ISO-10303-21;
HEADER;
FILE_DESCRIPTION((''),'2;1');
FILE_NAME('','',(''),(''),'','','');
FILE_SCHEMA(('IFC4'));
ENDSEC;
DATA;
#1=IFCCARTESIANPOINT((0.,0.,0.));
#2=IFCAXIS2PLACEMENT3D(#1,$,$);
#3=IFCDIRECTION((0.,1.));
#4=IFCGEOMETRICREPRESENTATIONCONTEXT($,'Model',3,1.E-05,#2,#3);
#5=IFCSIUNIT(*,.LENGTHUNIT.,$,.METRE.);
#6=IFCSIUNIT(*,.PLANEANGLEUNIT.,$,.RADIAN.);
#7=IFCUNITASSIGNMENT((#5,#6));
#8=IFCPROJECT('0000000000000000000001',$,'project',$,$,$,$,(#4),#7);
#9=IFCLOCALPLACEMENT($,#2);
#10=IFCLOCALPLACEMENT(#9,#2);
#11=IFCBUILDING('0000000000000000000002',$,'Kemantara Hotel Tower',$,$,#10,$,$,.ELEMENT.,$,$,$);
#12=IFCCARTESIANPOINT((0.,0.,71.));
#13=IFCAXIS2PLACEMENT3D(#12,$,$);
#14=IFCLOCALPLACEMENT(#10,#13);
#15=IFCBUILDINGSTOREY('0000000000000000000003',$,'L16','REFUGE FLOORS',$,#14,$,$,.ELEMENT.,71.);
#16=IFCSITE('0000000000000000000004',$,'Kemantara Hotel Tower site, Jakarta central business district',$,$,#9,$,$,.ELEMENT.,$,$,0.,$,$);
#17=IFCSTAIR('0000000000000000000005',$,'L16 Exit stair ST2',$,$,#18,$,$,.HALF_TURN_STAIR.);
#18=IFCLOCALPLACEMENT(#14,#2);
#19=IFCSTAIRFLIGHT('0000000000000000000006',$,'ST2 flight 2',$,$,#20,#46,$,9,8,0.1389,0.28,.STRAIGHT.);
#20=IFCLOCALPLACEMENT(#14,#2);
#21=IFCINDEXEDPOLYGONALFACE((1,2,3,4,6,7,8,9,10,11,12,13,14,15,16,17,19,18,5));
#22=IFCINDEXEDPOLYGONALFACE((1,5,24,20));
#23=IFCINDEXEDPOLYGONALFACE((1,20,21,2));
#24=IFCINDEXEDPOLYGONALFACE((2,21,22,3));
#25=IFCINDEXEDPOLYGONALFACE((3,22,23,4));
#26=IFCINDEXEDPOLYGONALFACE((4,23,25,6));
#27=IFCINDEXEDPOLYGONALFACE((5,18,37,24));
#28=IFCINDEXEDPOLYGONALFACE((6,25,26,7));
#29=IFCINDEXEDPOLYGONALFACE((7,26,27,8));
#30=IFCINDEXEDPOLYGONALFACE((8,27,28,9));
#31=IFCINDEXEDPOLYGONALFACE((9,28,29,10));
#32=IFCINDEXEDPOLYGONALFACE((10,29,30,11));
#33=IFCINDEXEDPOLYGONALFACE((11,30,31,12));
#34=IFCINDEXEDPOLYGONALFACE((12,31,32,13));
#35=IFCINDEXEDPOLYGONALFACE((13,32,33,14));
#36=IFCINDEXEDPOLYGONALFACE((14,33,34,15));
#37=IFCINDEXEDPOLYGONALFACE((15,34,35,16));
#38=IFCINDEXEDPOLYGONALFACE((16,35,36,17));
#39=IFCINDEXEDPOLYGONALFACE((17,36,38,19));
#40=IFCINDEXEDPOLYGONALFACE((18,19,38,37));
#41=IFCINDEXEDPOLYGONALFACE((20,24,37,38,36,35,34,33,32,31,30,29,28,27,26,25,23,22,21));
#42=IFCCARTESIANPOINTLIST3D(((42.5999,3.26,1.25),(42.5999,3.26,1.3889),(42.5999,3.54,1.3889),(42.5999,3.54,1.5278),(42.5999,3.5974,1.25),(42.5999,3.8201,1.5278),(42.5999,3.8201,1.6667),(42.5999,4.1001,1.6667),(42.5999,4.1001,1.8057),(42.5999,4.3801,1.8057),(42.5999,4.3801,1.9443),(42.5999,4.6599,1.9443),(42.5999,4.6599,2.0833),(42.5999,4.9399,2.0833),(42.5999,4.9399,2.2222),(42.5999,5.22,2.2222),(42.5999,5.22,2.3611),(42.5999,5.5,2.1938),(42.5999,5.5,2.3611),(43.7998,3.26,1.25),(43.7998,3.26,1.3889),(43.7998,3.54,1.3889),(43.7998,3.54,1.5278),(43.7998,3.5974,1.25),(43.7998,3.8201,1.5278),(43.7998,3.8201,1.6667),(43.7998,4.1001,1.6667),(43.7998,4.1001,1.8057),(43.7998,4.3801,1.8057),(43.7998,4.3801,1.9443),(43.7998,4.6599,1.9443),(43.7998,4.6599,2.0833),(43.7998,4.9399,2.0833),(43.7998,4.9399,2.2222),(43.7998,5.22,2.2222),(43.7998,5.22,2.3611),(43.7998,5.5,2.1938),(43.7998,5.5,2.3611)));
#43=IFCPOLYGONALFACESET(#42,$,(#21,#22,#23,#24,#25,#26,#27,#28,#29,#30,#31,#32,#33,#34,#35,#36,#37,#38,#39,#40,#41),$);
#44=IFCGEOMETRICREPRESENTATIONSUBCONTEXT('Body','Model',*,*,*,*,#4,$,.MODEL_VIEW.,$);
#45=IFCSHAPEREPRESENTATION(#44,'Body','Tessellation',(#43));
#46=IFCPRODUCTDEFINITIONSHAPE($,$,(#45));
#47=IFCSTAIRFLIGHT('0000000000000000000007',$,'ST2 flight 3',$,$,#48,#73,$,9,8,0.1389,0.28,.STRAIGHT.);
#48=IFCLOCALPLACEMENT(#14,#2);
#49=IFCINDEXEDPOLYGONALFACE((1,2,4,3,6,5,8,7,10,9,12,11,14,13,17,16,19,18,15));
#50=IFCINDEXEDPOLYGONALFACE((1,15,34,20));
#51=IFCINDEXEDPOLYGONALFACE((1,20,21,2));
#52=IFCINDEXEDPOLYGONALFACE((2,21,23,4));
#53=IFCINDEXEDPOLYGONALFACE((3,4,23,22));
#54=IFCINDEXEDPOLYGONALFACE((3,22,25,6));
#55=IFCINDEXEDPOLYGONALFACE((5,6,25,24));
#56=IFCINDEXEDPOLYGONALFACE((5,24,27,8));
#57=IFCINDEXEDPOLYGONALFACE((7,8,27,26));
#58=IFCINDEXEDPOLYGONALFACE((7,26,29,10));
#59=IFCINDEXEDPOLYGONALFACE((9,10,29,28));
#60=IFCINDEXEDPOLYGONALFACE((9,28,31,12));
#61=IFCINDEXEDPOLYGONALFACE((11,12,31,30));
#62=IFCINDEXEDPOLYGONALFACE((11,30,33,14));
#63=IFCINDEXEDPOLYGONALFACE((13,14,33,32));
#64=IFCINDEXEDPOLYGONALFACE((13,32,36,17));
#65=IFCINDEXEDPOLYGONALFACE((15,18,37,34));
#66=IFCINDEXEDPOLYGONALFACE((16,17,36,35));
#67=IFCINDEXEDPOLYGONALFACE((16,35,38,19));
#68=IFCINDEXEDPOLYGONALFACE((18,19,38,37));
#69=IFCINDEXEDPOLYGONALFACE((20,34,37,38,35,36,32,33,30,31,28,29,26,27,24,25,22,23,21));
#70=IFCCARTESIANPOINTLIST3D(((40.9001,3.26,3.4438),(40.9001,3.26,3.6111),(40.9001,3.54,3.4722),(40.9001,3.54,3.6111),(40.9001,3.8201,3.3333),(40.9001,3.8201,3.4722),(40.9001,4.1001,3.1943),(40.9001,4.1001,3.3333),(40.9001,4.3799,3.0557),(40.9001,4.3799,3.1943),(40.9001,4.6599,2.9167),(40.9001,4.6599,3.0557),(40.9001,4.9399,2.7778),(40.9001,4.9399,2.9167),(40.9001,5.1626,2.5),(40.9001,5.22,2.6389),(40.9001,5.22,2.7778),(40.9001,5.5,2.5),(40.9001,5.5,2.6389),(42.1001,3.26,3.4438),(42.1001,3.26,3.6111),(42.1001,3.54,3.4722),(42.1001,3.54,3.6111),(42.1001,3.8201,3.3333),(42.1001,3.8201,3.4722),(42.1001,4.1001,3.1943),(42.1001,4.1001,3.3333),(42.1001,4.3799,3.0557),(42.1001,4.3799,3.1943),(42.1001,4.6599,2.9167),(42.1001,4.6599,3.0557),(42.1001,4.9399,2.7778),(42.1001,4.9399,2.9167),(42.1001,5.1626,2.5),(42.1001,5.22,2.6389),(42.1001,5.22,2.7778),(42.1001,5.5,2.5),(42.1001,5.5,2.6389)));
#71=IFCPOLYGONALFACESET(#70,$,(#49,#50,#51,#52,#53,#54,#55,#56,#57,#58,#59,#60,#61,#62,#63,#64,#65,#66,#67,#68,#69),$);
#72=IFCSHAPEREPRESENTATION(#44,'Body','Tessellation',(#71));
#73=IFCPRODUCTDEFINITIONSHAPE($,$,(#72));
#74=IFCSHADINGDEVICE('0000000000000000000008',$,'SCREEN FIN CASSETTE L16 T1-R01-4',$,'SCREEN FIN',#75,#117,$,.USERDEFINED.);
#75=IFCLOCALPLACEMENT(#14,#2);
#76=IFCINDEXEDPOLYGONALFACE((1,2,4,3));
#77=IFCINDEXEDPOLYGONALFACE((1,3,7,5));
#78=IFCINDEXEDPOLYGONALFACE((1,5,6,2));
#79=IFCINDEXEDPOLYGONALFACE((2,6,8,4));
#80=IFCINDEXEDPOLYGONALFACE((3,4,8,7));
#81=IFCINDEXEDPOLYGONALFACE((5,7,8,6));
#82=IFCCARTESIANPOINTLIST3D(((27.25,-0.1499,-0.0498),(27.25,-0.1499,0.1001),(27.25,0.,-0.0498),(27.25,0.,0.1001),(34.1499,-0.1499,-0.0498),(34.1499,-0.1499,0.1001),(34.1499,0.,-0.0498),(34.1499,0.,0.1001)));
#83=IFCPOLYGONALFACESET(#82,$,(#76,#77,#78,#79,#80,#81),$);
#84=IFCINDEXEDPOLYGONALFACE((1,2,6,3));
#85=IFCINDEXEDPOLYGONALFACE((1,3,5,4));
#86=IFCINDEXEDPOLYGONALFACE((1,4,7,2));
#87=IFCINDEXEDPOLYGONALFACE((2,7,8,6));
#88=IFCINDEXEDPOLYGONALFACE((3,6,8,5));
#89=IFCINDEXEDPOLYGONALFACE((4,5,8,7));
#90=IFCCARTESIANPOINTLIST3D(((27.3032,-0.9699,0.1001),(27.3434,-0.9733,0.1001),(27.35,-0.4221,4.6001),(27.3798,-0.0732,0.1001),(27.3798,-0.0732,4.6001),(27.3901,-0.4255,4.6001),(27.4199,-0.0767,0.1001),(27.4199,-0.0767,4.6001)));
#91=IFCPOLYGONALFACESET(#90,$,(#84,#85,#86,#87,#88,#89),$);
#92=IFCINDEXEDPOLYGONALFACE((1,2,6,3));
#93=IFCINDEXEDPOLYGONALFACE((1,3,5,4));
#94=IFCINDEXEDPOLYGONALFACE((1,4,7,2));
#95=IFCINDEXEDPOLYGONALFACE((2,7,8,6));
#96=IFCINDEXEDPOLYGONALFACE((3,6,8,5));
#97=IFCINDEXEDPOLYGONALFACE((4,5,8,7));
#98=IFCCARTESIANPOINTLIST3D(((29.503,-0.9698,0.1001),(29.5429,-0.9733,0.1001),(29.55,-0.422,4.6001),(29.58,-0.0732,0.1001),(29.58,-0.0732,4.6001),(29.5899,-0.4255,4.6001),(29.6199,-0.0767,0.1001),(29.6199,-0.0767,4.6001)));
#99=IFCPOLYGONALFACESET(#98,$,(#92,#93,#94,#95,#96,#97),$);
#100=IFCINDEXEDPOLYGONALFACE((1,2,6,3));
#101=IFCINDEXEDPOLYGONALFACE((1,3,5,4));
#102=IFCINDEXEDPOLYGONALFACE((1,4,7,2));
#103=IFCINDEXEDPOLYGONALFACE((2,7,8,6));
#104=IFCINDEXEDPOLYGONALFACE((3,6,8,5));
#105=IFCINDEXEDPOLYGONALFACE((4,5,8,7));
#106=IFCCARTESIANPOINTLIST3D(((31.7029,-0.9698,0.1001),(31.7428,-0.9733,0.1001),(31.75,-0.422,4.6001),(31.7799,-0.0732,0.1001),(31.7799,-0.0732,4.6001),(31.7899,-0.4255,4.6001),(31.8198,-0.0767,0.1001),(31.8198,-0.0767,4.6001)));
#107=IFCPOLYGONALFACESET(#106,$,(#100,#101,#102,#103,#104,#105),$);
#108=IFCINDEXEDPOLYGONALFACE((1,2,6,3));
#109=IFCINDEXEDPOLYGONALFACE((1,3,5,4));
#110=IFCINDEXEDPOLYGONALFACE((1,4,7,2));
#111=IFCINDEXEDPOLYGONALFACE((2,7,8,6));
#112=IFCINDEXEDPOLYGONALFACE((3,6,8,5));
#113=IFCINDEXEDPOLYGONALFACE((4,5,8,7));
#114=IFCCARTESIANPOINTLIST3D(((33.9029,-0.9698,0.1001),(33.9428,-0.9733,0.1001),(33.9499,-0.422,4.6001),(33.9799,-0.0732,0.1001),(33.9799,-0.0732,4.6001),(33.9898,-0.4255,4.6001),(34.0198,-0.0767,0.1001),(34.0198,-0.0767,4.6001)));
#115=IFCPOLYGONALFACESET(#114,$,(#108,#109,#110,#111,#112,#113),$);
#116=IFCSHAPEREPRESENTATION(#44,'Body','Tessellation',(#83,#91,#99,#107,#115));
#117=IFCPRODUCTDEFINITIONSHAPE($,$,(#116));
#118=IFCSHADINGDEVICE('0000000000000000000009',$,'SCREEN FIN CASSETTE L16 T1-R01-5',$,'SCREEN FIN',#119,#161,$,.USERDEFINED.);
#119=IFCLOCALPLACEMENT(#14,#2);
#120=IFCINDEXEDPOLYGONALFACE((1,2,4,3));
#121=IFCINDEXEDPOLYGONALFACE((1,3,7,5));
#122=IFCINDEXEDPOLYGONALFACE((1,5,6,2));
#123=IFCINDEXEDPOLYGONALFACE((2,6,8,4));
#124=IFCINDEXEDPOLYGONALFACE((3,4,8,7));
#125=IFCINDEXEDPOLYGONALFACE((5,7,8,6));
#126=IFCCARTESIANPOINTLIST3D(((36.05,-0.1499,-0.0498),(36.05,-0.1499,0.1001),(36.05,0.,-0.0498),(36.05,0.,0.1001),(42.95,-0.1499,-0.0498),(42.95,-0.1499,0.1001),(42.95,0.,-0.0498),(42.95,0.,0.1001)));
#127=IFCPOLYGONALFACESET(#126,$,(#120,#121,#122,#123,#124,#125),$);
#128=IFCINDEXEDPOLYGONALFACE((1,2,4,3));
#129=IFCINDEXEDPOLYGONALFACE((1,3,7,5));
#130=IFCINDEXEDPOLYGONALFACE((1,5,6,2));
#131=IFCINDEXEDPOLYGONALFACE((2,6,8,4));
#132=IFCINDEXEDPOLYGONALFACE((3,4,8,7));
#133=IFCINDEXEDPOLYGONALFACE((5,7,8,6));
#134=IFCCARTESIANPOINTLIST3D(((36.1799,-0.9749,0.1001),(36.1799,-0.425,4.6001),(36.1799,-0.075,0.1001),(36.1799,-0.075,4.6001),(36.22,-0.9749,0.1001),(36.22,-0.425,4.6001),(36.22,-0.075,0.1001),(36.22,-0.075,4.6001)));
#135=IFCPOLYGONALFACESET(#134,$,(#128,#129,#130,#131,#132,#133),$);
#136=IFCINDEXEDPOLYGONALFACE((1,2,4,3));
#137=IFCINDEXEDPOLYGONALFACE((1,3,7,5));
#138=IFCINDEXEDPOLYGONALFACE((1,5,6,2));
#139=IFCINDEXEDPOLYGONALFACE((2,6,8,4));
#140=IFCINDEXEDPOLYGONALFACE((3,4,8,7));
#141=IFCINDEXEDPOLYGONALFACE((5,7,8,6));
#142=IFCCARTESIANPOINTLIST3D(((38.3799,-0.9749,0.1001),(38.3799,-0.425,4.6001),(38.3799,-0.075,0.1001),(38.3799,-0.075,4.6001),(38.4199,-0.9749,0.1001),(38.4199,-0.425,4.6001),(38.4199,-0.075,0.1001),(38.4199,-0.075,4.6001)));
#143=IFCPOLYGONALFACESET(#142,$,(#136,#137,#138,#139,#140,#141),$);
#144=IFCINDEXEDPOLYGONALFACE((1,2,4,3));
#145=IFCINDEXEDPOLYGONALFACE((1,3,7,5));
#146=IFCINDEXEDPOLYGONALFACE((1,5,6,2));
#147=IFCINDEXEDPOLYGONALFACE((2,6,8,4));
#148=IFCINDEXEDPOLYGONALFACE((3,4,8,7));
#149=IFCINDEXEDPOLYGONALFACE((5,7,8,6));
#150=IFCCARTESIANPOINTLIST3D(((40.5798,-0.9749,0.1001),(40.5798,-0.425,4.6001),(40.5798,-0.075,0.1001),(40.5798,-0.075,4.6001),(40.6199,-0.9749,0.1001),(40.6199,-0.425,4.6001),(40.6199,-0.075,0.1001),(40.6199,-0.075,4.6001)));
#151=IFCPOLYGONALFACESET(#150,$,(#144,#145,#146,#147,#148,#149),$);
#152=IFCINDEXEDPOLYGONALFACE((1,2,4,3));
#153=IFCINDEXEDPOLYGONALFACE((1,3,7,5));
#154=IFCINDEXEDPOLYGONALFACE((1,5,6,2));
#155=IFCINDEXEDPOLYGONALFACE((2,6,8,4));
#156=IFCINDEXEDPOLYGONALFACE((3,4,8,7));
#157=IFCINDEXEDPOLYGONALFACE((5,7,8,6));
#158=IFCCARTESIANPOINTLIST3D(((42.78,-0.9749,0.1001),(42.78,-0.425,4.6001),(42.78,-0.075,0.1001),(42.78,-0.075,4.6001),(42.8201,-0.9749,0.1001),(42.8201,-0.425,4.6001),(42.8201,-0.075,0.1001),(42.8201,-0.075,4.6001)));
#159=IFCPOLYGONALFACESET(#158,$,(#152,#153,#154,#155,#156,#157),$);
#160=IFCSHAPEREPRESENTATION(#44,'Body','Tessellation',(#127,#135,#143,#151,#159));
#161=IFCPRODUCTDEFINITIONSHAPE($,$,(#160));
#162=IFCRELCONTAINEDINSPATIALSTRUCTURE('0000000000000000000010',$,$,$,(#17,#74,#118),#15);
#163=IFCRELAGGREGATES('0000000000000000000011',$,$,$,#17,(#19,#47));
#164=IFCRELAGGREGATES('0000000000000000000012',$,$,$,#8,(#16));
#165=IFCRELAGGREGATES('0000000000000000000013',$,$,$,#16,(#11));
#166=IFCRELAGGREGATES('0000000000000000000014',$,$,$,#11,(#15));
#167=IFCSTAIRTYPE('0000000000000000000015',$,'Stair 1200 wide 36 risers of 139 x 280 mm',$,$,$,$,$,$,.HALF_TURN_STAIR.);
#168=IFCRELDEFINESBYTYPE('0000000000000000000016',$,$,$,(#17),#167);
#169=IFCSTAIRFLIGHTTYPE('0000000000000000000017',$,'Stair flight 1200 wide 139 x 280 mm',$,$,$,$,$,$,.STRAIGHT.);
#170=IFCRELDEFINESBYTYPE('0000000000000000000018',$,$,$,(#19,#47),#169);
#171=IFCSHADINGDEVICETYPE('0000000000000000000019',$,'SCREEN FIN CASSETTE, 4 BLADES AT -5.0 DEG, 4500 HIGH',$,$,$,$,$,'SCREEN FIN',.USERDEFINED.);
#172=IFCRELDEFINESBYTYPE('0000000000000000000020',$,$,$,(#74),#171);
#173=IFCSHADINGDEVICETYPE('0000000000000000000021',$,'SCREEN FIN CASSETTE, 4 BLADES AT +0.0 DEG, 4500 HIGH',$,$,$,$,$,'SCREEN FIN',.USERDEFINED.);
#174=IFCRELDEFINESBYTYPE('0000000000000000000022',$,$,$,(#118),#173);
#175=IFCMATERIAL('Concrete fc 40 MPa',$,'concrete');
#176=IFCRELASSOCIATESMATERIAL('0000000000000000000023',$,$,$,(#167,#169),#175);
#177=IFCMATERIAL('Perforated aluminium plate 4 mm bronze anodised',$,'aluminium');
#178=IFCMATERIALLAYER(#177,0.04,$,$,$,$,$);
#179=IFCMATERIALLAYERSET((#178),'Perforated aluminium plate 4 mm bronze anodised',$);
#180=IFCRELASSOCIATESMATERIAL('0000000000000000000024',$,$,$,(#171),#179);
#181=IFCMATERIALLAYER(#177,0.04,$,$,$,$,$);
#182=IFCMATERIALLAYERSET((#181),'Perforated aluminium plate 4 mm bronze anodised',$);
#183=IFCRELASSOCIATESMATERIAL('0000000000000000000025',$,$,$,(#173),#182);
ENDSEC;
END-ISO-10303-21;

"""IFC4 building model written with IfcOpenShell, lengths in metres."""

from ifc_helpers import new_model, si_unit, direction, frame, origin, origin_2d, place, context, subcontext, project, spatial, polyline, rectangle, outline, extrude, source, transform, mapped, material, layer, layer_set, type_object, element, aggregate, save


model = new_model("IFC4")

# Units and contexts
model_context = context("Model", 3, precision=1e-05, world=origin(), true_north=direction((0.0, 1.0)))
body_context = subcontext(model_context, "Body", "Model", "MODEL_VIEW")
ifc_project = project(units=[si_unit("LENGTHUNIT", "METRE"), si_unit("PLANEANGLEUNIT", "RADIAN")], contexts=[model_context])

# Site, building, storey
site_placement = place(None, origin())
site = spatial("IfcSite", under=ifc_project, at=site_placement, Name="Kemantara Hotel Tower site, Jakarta central business district", CompositionType="ELEMENT", RefElevation=0.0)
building_placement = place(site_placement, origin())
building = spatial("IfcBuilding", under=site, at=building_placement, Name="Kemantara Hotel Tower", CompositionType="ELEMENT")
storey_placement = place(building_placement, frame((0.0, 0.0, 71.0)))
storey = spatial("IfcBuildingStorey", under=building, at=storey_placement, Name="L16", Description="REFUGE FLOORS", CompositionType="ELEMENT", Elevation=71.0)

# Stair, stair flights
ifc_material_1 = material(Name="Concrete fc 40 MPa", Category="concrete")
stair_type = type_object("IfcStairType", Name="Stair 1200 wide 36 risers of 139 x 280 mm", PredefinedType="HALF_TURN_STAIR", material=ifc_material_1)
stair_placement = place(storey_placement, origin())
stair = element("IfcStair", 1, at=stair_placement, inside=storey, type_object=stair_type, Name="L16 Exit stair ST2", PredefinedType="HALF_TURN_STAIR")
stair_flight_type = type_object("IfcStairFlightType", Name="Stair flight 1200 wide 139 x 280 mm", PredefinedType="STRAIGHT", material=ifc_material_1)
stair_flight_1_placement = place(storey_placement, frame((43.2, 3.26, 1.25), z_axis=(0.0, 0.0, 1.0), x_axis=(0.0, 1.0, 0.0)))
stair_flight_1 = element("IfcStairFlight", 2, at=stair_flight_1_placement, type_object=stair_flight_type, Name="ST2 flight 2", NumberOfRisers=9, NumberOfTreads=8, PredefinedType="STRAIGHT", RiserHeight=0.1389, TreadLength=0.28, context=body_context, shape_type="SweptSolid", body=[
    extrude(outline(polyline([(0.0, 0.0), (0.0, 0.1389), (0.28, 0.1389), (0.28, 0.2778), (0.5601, 0.2778), (0.5601, 0.4167), (0.8401, 0.4167), (0.8401, 0.5557), (1.1201, 0.5557), (1.1201, 0.6943), (1.3999, 0.6943), (1.3999, 0.8333), (1.6799, 0.8333), (1.6799, 0.9722), (1.96, 0.9722), (1.96, 1.1111), (2.24, 1.1111), (2.24, 1.25), (2.24, 0.9438), (0.3374, 0.0), (0.0, 0.0)])), frame((0.0, 0.6001, 0.0), z_axis=(0.0, -1.0, 0.0), x_axis=(1.0, 0.0, 0.0)), (0.0, 0.0, 1.0), 1.2),
])
stair_flight_2_placement = place(storey_placement, frame((41.5, 5.5, 2.5), z_axis=(0.0, 0.0, 1.0), x_axis=(0.0, -1.0, 0.0)))
stair_flight_2 = element("IfcStairFlight", 3, at=stair_flight_2_placement, type_object=stair_flight_type, Name="ST2 flight 3", NumberOfRisers=9, NumberOfTreads=8, PredefinedType="STRAIGHT", RiserHeight=0.1389, TreadLength=0.28, context=body_context, shape_type="SweptSolid", body=[
    extrude(outline(polyline([(0.0, 0.0), (0.0, 0.1389), (0.28, 0.1389), (0.28, 0.2778), (0.5601, 0.2778), (0.5601, 0.4167), (0.8401, 0.4167), (0.8401, 0.5557), (1.1201, 0.5557), (1.1201, 0.6943), (1.3999, 0.6943), (1.3999, 0.8333), (1.6799, 0.8333), (1.6799, 0.9722), (1.96, 0.9722), (1.96, 1.1111), (2.24, 1.1111), (2.24, 1.25), (2.24, 0.9438), (0.3374, 0.0), (0.0, 0.0)])), frame((0.0, 0.6001, 0.0), z_axis=(0.0, -1.0, 0.0), x_axis=(1.0, 0.0, 0.0)), (0.0, 0.0, 1.0), 1.2),
])
aggregate(stair, [stair_flight_1, stair_flight_2])

# Shading devices
ifc_material_2 = material(Name="Perforated aluminium plate 4 mm bronze anodised", Category="aluminium")
ifc_layer_1 = layer(ifc_material_2, 0.04)
ifc_layer_set_1 = layer_set([ifc_layer_1], Name="Perforated aluminium plate 4 mm bronze anodised")
shading_device_type_1 = type_object("IfcShadingDeviceType", Name="SCREEN FIN CASSETTE, 4 BLADES AT -5.0 DEG, 4500 HIGH", ElementType="SCREEN FIN", PredefinedType="USERDEFINED", material=ifc_layer_set_1)
shared_shape_1 = source(origin(), body_context, "Body", "SweptSolid", [
    extrude(rectangle(XDim=6.8999, YDim=0.1499, at=origin_2d()), frame((3.3, -0.075, -0.1499), z_axis=(0.0, 0.0, 1.0), x_axis=(1.0, 0.0, 0.0)), (0.0, 0.0, 1.0), 0.1499),
    extrude(outline(polyline([(0.0, 0.0), (0.8999, 0.0), (0.3501, 4.5), (0.0, 4.5), (0.0, 0.0)])), frame((0.02, -0.0767, 0.0), z_axis=(-0.996376, 0.085056, 0.0), x_axis=(-0.085056, -0.996376, 0.0)), (0.0, 0.0, 1.0), 0.0403),
    extrude(outline(polyline([(0.0, 0.0), (0.8999, 0.0), (0.3501, 4.5), (0.0, 4.5), (0.0, 0.0)])), frame((2.22, -0.0767, 0.0), z_axis=(-0.996332, 0.085575, 0.0), x_axis=(-0.085575, -0.996332, 0.0)), (0.0, 0.0, 1.0), 0.04),
    extrude(outline(polyline([(0.0, 0.0), (0.8999, 0.0), (0.3501, 4.5), (0.0, 4.5), (0.0, 0.0)])), frame((4.4199, -0.0767, 0.0), z_axis=(-0.996332, 0.085575, 0.0), x_axis=(-0.085575, -0.996332, 0.0)), (0.0, 0.0, 1.0), 0.04),
    extrude(outline(polyline([(0.0, 0.0), (0.8999, 0.0), (0.3501, 4.5), (0.0, 4.5), (0.0, 0.0)])), frame((6.6199, -0.0767, 0.0), z_axis=(-0.996332, 0.085575, 0.0), x_axis=(-0.085575, -0.996332, 0.0)), (0.0, 0.0, 1.0), 0.04),
])
shading_device_1_placement = place(storey_placement, frame((27.3999, 0.0, 0.1001), z_axis=(0.0, 0.0, 1.0), x_axis=(1.0, 0.0, 0.0)))
element("IfcShadingDevice", 4, at=shading_device_1_placement, inside=storey, type_object=shading_device_type_1, Name="SCREEN FIN CASSETTE L16 T1-R01-4", ObjectType="SCREEN FIN", PredefinedType="USERDEFINED", context=body_context, shape_type="MappedRepresentation", body=[
    mapped(shared_shape_1, transform((0.0, 0.0, 0.0))),
])
ifc_layer_2 = layer(ifc_material_2, 0.04)
ifc_layer_set_2 = layer_set([ifc_layer_2], Name="Perforated aluminium plate 4 mm bronze anodised")
shading_device_type_2 = type_object("IfcShadingDeviceType", Name="SCREEN FIN CASSETTE, 4 BLADES AT +0.0 DEG, 4500 HIGH", ElementType="SCREEN FIN", PredefinedType="USERDEFINED", material=ifc_layer_set_2)
shared_shape_2 = source(origin(), body_context, "Body", "SweptSolid", [
    extrude(rectangle(XDim=6.8999, YDim=0.1499, at=origin_2d()), frame((3.3, -0.075, -0.1499), z_axis=(0.0, 0.0, 1.0), x_axis=(1.0, 0.0, 0.0)), (0.0, 0.0, 1.0), 0.1499),
    extrude(outline(polyline([(0.0, 0.0), (0.8999, 0.0), (0.3501, 4.5), (0.0, 4.5), (0.0, 0.0)])), frame((0.02, -0.075, 0.0), z_axis=(-1.0, 0.0, 0.0), x_axis=(0.0, -1.0, 0.0)), (0.0, 0.0, 1.0), 0.04),
    extrude(outline(polyline([(0.0, 0.0), (0.8999, 0.0), (0.3501, 4.5), (0.0, 4.5), (0.0, 0.0)])), frame((2.22, -0.075, 0.0), z_axis=(-1.0, 0.0, 0.0), x_axis=(0.0, -1.0, 0.0)), (0.0, 0.0, 1.0), 0.04),
    extrude(outline(polyline([(0.0, 0.0), (0.8999, 0.0), (0.3501, 4.5), (0.0, 4.5), (0.0, 0.0)])), frame((4.4199, -0.075, 0.0), z_axis=(-1.0, 0.0, 0.0), x_axis=(0.0, -1.0, 0.0)), (0.0, 0.0, 1.0), 0.04),
    extrude(outline(polyline([(0.0, 0.0), (0.8999, 0.0), (0.3501, 4.5), (0.0, 4.5), (0.0, 0.0)])), frame((6.6201, -0.075, 0.0), z_axis=(-1.0, 0.0, 0.0), x_axis=(0.0, -1.0, 0.0)), (0.0, 0.0, 1.0), 0.04),
])
shading_device_2_placement = place(storey_placement, frame((36.2, 0.0, 0.1001), z_axis=(0.0, 0.0, 1.0), x_axis=(1.0, 0.0, 0.0)))
element("IfcShadingDevice", 5, at=shading_device_2_placement, inside=storey, type_object=shading_device_type_2, Name="SCREEN FIN CASSETTE L16 T1-R01-5", ObjectType="SCREEN FIN", PredefinedType="USERDEFINED", context=body_context, shape_type="MappedRepresentation", body=[
    mapped(shared_shape_2, transform((0.0, 0.0, 0.0))),
])

save(model, "model.ifc")
